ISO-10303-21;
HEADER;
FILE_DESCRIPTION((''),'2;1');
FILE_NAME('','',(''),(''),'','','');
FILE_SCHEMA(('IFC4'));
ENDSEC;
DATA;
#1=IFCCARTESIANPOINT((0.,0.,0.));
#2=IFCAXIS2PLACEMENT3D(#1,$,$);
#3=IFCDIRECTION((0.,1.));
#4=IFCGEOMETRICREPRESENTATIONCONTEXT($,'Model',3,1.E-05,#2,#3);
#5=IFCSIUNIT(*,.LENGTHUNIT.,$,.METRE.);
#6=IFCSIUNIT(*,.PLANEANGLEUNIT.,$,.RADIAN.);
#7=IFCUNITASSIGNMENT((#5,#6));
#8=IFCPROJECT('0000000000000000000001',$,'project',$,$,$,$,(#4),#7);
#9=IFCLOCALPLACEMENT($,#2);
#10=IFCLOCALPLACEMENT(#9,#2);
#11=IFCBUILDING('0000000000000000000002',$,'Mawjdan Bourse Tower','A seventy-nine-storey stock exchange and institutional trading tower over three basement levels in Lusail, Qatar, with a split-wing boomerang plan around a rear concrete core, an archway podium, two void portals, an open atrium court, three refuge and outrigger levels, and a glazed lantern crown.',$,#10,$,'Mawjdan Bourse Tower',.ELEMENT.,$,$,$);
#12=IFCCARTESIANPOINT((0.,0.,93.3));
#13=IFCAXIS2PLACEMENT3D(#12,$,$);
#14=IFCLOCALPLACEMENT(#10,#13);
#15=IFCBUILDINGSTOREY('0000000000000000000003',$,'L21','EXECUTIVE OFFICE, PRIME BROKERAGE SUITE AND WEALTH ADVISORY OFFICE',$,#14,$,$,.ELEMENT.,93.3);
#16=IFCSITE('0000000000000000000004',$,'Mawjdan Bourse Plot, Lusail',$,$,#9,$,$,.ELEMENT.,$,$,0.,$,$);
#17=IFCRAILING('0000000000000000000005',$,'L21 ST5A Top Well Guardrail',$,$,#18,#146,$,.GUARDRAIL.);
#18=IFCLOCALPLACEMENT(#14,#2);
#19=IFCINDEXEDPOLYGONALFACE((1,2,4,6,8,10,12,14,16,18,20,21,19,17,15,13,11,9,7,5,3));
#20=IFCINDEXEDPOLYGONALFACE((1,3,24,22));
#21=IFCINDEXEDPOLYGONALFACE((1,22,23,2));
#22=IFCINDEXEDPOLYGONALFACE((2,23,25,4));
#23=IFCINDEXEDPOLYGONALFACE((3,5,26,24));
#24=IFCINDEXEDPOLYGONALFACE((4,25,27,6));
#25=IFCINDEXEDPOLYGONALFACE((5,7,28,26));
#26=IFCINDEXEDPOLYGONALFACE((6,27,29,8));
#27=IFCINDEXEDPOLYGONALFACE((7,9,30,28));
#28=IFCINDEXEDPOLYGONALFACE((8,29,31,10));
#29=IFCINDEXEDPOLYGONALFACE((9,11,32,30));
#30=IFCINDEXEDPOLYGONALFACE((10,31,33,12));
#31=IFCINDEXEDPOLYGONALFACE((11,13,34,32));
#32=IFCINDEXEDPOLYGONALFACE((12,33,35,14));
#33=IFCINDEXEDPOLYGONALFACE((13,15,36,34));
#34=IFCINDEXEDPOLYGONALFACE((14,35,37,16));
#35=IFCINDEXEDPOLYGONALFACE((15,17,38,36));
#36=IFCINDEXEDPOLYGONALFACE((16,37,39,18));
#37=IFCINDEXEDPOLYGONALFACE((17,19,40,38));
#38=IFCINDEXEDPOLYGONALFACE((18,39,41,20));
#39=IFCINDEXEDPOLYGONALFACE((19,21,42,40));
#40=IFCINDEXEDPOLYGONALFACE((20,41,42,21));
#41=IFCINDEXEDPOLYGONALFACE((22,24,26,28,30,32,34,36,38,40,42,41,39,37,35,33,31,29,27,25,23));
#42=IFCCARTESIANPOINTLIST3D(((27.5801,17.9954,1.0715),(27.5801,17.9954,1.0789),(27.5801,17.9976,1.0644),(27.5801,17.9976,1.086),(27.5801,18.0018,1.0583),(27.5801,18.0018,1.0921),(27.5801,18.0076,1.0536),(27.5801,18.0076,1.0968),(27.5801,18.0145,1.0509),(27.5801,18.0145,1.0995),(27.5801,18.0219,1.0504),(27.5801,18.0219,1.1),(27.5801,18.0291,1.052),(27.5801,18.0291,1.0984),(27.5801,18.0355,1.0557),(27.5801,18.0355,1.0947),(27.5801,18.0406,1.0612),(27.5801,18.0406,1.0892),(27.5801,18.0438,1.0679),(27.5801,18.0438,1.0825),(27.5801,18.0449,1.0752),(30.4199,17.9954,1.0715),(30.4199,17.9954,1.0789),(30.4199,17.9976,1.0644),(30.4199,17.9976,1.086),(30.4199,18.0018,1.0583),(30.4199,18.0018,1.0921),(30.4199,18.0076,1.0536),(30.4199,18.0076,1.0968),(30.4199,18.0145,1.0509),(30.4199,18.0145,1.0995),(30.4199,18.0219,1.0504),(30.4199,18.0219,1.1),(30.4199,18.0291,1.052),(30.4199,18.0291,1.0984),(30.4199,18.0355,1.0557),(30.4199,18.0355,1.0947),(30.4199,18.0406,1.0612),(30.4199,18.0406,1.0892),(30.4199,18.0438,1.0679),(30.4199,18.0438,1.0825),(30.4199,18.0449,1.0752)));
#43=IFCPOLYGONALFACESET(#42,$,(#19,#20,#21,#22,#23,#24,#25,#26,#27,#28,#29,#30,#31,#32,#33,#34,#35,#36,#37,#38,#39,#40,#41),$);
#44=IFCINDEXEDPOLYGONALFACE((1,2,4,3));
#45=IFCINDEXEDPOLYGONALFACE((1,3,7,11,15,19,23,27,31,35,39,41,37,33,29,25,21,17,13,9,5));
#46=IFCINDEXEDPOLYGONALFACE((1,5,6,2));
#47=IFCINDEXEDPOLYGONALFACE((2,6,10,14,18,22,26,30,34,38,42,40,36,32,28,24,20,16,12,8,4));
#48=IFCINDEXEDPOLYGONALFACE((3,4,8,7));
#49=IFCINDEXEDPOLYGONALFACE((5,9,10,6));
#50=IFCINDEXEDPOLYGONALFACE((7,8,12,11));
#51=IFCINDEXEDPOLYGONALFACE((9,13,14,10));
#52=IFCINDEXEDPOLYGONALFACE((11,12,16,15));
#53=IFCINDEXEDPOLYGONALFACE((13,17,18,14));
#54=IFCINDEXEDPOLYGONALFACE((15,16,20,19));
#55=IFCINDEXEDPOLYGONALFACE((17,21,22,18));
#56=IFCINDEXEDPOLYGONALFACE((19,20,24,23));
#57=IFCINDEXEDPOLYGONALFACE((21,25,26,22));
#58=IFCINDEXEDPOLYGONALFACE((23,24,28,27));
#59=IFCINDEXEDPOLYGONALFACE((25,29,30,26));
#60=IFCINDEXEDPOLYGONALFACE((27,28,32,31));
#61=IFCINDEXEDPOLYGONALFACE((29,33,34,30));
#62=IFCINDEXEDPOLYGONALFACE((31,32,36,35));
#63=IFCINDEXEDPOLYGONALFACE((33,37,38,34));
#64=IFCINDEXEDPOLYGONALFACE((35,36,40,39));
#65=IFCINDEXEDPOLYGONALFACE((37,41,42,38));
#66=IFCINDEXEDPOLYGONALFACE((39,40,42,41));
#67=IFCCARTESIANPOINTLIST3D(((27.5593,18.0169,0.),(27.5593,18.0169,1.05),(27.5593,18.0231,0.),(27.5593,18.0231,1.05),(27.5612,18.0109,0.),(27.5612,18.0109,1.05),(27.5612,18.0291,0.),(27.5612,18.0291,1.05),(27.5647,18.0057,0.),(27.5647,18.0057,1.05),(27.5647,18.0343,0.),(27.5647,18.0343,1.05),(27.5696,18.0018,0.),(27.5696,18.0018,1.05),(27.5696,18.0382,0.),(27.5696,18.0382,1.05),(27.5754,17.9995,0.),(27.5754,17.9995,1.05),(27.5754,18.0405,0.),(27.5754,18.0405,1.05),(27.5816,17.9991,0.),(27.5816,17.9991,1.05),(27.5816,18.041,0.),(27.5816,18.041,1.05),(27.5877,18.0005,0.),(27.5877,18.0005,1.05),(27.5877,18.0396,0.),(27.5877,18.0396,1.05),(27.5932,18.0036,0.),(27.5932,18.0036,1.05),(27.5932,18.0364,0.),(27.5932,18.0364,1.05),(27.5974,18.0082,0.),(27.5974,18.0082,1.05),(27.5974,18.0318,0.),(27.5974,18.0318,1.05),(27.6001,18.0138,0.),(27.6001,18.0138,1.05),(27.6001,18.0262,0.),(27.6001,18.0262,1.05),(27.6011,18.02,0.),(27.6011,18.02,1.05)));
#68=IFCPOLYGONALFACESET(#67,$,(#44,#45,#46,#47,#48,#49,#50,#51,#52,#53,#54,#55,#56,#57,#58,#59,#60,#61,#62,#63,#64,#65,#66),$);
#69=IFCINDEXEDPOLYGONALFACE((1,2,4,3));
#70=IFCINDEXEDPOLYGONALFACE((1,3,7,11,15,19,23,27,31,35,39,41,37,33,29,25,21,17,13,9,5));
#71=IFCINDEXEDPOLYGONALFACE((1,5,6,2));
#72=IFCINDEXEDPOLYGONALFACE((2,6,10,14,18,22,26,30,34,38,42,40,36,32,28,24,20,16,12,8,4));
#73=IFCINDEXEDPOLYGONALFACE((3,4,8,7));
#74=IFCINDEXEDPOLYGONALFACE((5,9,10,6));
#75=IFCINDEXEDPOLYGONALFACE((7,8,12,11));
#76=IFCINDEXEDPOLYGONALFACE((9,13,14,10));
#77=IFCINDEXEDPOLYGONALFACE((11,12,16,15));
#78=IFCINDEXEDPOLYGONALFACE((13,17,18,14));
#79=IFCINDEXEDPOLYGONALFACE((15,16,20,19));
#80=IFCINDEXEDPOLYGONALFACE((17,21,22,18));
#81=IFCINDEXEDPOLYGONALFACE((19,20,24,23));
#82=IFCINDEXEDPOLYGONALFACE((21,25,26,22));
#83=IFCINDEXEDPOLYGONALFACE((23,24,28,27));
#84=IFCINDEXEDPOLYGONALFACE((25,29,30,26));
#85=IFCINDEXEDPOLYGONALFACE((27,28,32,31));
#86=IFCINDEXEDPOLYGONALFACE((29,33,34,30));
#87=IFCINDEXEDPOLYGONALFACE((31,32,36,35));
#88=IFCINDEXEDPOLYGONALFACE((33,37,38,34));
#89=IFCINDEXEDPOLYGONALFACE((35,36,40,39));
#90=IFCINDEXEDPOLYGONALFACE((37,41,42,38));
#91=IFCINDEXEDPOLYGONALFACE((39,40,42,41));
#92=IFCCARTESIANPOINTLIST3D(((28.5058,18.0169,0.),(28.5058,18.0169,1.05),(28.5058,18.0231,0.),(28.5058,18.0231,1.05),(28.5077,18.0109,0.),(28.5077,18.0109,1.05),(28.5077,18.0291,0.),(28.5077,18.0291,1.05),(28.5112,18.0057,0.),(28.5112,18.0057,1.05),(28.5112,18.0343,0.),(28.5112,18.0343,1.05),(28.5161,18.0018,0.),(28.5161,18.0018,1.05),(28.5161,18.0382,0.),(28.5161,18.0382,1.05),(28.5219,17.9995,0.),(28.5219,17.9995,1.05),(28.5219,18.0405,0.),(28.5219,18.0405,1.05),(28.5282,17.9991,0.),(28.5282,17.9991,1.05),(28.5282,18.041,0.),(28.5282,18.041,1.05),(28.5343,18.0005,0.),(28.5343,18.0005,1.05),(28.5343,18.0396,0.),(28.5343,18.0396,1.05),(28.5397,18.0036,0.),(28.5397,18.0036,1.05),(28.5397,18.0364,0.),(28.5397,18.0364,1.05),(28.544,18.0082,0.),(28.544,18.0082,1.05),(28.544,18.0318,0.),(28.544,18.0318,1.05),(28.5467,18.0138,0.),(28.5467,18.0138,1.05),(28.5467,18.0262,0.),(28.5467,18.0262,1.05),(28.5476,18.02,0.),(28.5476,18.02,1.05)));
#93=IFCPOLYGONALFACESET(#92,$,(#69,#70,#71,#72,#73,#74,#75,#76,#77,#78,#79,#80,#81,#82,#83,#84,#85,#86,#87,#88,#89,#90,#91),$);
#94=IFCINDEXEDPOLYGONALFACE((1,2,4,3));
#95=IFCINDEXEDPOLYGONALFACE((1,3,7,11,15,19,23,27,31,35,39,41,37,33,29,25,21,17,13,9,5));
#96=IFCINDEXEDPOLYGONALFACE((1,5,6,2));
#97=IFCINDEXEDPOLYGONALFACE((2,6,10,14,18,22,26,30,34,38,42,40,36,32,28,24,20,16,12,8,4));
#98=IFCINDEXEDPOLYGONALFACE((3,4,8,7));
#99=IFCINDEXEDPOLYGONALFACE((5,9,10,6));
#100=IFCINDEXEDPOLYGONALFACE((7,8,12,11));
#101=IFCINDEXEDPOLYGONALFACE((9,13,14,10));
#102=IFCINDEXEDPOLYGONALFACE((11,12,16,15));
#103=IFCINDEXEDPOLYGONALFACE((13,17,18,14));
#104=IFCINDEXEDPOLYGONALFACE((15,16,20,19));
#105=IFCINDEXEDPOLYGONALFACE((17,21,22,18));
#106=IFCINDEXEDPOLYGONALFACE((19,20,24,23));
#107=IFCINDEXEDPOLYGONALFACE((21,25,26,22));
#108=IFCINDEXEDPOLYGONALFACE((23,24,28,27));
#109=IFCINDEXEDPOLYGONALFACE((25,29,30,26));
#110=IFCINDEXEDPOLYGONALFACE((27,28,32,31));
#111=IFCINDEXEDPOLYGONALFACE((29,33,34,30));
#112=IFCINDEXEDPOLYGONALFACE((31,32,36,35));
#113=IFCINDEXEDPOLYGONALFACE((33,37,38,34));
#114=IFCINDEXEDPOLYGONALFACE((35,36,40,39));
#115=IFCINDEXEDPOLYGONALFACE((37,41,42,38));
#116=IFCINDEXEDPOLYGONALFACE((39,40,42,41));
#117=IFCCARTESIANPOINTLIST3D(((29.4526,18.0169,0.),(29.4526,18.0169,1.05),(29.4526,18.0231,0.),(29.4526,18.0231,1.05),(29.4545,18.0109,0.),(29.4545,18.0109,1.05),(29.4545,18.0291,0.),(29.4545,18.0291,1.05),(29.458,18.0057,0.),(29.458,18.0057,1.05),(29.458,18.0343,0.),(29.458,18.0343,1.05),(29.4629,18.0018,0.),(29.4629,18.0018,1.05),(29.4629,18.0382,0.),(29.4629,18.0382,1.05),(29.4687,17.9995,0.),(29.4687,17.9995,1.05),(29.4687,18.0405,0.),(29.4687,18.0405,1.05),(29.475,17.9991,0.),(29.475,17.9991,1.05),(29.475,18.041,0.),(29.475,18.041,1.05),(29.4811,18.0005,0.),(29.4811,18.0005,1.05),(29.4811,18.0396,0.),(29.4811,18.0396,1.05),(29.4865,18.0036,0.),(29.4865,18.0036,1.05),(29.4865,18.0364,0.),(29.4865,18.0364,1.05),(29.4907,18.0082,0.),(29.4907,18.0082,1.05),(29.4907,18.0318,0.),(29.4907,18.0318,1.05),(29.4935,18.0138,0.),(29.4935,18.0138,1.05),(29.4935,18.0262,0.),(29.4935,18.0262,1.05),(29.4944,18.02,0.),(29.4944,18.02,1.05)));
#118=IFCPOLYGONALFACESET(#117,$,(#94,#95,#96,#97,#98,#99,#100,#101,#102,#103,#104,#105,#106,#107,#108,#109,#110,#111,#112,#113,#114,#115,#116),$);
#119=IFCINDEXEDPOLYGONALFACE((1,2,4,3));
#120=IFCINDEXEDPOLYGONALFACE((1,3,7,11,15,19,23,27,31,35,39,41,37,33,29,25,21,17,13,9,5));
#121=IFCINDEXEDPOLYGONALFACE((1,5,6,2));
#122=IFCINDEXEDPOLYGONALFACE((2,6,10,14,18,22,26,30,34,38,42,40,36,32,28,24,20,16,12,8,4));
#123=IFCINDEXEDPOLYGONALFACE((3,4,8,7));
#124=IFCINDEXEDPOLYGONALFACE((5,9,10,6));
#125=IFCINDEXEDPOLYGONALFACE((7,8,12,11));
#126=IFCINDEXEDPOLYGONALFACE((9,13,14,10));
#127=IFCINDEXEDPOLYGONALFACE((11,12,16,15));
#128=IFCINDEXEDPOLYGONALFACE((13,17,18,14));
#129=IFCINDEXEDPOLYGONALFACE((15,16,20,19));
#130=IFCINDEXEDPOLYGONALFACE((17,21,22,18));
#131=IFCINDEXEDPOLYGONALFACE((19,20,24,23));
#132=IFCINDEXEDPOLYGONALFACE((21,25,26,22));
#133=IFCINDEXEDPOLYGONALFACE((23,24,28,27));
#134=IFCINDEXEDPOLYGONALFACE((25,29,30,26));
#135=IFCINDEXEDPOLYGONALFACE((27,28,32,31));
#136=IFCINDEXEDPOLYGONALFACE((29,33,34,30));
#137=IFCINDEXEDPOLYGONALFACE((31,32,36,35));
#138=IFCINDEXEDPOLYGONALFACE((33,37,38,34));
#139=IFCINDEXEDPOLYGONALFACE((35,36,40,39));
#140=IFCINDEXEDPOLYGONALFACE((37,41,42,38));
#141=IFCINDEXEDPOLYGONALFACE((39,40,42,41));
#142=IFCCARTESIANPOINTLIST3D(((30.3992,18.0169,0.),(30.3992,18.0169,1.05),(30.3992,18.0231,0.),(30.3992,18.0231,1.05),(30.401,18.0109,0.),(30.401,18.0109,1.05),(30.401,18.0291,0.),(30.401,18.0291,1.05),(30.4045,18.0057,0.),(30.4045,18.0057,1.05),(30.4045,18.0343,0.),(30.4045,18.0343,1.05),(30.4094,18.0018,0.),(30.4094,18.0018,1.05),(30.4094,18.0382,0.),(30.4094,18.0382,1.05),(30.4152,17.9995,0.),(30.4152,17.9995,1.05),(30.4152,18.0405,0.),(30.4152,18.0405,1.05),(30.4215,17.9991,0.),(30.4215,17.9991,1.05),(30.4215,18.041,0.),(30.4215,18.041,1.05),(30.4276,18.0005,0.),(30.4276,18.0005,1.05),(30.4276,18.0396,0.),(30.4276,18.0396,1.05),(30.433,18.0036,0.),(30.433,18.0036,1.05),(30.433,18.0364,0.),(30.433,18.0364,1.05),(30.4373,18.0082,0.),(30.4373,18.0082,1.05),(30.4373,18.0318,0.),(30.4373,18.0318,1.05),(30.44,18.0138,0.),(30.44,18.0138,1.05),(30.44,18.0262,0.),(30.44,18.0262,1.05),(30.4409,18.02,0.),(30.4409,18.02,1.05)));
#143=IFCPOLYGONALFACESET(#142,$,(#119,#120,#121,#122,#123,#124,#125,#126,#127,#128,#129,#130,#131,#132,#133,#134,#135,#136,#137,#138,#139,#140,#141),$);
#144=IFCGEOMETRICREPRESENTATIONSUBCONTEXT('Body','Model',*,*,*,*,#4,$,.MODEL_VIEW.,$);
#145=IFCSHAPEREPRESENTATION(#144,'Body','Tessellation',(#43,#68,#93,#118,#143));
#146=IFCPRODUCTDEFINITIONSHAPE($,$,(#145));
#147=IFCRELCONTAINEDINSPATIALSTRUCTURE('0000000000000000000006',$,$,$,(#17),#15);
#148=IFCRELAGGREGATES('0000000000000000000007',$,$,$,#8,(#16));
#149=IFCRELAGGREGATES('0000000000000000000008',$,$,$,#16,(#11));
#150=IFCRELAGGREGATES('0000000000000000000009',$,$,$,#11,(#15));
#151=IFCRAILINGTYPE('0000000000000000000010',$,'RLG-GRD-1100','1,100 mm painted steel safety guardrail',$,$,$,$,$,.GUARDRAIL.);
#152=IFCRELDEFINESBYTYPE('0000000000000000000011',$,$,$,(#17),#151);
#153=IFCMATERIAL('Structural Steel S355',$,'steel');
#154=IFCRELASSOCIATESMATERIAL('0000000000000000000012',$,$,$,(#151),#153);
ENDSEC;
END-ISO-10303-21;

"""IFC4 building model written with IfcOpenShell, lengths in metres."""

from ifc_helpers import new_model, si_unit, direction, frame, origin, origin_2d, place, context, subcontext, project, spatial, circle, extrude, material, type_object, element, save


model = new_model("IFC4")

# Units and contexts
model_context = context("Model", 3, precision=1e-05, world=origin(), true_north=direction((0.0, 1.0)))
body_context = subcontext(model_context, "Body", "Model", "MODEL_VIEW")
ifc_project = project(units=[si_unit("LENGTHUNIT", "METRE"), si_unit("PLANEANGLEUNIT", "RADIAN")], contexts=[model_context])

# Site, building, storey
site_placement = place(None, origin())
site = spatial("IfcSite", under=ifc_project, at=site_placement, Name="Mawjdan Bourse Plot, Lusail", CompositionType="ELEMENT", RefElevation=0.0)
building_placement = place(site_placement, origin())
building = spatial("IfcBuilding", under=site, at=building_placement, Name="Mawjdan Bourse Tower", Description="A seventy-nine-storey stock exchange and institutional trading tower over three basement levels in Lusail, Qatar, with a split-wing boomerang plan around a rear concrete core, an archway podium, two void portals, an open atrium court, three refuge and outrigger levels, and a glazed lantern crown.", LongName="Mawjdan Bourse Tower", CompositionType="ELEMENT")
storey_placement = place(building_placement, frame((0.0, 0.0, 93.3)))
storey = spatial("IfcBuildingStorey", under=building, at=storey_placement, Name="L21", Description="EXECUTIVE OFFICE, PRIME BROKERAGE SUITE AND WEALTH ADVISORY OFFICE", CompositionType="ELEMENT", Elevation=93.3)

# Shared definitions
ifc_material_1 = material(Name="Structural Steel S355", Category="steel")

# Railing
railing_type = type_object("IfcRailingType", Name="RLG-GRD-1100", Description="1,100 mm painted steel safety guardrail", PredefinedType="GUARDRAIL", material=ifc_material_1)
railing_placement = place(storey_placement, frame((27.5801, 18.02, 0.0)))
element("IfcRailing", 1, at=railing_placement, inside=storey, type_object=railing_type, Name="L21 ST5A Top Well Guardrail", PredefinedType="GUARDRAIL", context=body_context, shape_type="SweptSolid", body=[
    extrude(circle(Radius=0.0249, at=origin_2d()), frame((0.0, 0.0, 1.0752), z_axis=(1.0, 0.0, 0.0), x_axis=(0.0, 1.0, 0.0)), (0.0, 0.0, 1.0), 2.8398),
    extrude(circle(Radius=0.021, at=origin_2d()), origin(), (0.0, 0.0, 1.0), 1.05),
    extrude(circle(Radius=0.021, at=origin_2d()), frame((0.9465, 0.0, 0.0)), (0.0, 0.0, 1.0), 1.05),
    extrude(circle(Radius=0.021, at=origin_2d()), frame((1.8933, 0.0, 0.0)), (0.0, 0.0, 1.0), 1.05),
    extrude(circle(Radius=0.021, at=origin_2d()), frame((2.8398, 0.0, 0.0)), (0.0, 0.0, 1.0), 1.05),
])

save(model, "model.ifc")
